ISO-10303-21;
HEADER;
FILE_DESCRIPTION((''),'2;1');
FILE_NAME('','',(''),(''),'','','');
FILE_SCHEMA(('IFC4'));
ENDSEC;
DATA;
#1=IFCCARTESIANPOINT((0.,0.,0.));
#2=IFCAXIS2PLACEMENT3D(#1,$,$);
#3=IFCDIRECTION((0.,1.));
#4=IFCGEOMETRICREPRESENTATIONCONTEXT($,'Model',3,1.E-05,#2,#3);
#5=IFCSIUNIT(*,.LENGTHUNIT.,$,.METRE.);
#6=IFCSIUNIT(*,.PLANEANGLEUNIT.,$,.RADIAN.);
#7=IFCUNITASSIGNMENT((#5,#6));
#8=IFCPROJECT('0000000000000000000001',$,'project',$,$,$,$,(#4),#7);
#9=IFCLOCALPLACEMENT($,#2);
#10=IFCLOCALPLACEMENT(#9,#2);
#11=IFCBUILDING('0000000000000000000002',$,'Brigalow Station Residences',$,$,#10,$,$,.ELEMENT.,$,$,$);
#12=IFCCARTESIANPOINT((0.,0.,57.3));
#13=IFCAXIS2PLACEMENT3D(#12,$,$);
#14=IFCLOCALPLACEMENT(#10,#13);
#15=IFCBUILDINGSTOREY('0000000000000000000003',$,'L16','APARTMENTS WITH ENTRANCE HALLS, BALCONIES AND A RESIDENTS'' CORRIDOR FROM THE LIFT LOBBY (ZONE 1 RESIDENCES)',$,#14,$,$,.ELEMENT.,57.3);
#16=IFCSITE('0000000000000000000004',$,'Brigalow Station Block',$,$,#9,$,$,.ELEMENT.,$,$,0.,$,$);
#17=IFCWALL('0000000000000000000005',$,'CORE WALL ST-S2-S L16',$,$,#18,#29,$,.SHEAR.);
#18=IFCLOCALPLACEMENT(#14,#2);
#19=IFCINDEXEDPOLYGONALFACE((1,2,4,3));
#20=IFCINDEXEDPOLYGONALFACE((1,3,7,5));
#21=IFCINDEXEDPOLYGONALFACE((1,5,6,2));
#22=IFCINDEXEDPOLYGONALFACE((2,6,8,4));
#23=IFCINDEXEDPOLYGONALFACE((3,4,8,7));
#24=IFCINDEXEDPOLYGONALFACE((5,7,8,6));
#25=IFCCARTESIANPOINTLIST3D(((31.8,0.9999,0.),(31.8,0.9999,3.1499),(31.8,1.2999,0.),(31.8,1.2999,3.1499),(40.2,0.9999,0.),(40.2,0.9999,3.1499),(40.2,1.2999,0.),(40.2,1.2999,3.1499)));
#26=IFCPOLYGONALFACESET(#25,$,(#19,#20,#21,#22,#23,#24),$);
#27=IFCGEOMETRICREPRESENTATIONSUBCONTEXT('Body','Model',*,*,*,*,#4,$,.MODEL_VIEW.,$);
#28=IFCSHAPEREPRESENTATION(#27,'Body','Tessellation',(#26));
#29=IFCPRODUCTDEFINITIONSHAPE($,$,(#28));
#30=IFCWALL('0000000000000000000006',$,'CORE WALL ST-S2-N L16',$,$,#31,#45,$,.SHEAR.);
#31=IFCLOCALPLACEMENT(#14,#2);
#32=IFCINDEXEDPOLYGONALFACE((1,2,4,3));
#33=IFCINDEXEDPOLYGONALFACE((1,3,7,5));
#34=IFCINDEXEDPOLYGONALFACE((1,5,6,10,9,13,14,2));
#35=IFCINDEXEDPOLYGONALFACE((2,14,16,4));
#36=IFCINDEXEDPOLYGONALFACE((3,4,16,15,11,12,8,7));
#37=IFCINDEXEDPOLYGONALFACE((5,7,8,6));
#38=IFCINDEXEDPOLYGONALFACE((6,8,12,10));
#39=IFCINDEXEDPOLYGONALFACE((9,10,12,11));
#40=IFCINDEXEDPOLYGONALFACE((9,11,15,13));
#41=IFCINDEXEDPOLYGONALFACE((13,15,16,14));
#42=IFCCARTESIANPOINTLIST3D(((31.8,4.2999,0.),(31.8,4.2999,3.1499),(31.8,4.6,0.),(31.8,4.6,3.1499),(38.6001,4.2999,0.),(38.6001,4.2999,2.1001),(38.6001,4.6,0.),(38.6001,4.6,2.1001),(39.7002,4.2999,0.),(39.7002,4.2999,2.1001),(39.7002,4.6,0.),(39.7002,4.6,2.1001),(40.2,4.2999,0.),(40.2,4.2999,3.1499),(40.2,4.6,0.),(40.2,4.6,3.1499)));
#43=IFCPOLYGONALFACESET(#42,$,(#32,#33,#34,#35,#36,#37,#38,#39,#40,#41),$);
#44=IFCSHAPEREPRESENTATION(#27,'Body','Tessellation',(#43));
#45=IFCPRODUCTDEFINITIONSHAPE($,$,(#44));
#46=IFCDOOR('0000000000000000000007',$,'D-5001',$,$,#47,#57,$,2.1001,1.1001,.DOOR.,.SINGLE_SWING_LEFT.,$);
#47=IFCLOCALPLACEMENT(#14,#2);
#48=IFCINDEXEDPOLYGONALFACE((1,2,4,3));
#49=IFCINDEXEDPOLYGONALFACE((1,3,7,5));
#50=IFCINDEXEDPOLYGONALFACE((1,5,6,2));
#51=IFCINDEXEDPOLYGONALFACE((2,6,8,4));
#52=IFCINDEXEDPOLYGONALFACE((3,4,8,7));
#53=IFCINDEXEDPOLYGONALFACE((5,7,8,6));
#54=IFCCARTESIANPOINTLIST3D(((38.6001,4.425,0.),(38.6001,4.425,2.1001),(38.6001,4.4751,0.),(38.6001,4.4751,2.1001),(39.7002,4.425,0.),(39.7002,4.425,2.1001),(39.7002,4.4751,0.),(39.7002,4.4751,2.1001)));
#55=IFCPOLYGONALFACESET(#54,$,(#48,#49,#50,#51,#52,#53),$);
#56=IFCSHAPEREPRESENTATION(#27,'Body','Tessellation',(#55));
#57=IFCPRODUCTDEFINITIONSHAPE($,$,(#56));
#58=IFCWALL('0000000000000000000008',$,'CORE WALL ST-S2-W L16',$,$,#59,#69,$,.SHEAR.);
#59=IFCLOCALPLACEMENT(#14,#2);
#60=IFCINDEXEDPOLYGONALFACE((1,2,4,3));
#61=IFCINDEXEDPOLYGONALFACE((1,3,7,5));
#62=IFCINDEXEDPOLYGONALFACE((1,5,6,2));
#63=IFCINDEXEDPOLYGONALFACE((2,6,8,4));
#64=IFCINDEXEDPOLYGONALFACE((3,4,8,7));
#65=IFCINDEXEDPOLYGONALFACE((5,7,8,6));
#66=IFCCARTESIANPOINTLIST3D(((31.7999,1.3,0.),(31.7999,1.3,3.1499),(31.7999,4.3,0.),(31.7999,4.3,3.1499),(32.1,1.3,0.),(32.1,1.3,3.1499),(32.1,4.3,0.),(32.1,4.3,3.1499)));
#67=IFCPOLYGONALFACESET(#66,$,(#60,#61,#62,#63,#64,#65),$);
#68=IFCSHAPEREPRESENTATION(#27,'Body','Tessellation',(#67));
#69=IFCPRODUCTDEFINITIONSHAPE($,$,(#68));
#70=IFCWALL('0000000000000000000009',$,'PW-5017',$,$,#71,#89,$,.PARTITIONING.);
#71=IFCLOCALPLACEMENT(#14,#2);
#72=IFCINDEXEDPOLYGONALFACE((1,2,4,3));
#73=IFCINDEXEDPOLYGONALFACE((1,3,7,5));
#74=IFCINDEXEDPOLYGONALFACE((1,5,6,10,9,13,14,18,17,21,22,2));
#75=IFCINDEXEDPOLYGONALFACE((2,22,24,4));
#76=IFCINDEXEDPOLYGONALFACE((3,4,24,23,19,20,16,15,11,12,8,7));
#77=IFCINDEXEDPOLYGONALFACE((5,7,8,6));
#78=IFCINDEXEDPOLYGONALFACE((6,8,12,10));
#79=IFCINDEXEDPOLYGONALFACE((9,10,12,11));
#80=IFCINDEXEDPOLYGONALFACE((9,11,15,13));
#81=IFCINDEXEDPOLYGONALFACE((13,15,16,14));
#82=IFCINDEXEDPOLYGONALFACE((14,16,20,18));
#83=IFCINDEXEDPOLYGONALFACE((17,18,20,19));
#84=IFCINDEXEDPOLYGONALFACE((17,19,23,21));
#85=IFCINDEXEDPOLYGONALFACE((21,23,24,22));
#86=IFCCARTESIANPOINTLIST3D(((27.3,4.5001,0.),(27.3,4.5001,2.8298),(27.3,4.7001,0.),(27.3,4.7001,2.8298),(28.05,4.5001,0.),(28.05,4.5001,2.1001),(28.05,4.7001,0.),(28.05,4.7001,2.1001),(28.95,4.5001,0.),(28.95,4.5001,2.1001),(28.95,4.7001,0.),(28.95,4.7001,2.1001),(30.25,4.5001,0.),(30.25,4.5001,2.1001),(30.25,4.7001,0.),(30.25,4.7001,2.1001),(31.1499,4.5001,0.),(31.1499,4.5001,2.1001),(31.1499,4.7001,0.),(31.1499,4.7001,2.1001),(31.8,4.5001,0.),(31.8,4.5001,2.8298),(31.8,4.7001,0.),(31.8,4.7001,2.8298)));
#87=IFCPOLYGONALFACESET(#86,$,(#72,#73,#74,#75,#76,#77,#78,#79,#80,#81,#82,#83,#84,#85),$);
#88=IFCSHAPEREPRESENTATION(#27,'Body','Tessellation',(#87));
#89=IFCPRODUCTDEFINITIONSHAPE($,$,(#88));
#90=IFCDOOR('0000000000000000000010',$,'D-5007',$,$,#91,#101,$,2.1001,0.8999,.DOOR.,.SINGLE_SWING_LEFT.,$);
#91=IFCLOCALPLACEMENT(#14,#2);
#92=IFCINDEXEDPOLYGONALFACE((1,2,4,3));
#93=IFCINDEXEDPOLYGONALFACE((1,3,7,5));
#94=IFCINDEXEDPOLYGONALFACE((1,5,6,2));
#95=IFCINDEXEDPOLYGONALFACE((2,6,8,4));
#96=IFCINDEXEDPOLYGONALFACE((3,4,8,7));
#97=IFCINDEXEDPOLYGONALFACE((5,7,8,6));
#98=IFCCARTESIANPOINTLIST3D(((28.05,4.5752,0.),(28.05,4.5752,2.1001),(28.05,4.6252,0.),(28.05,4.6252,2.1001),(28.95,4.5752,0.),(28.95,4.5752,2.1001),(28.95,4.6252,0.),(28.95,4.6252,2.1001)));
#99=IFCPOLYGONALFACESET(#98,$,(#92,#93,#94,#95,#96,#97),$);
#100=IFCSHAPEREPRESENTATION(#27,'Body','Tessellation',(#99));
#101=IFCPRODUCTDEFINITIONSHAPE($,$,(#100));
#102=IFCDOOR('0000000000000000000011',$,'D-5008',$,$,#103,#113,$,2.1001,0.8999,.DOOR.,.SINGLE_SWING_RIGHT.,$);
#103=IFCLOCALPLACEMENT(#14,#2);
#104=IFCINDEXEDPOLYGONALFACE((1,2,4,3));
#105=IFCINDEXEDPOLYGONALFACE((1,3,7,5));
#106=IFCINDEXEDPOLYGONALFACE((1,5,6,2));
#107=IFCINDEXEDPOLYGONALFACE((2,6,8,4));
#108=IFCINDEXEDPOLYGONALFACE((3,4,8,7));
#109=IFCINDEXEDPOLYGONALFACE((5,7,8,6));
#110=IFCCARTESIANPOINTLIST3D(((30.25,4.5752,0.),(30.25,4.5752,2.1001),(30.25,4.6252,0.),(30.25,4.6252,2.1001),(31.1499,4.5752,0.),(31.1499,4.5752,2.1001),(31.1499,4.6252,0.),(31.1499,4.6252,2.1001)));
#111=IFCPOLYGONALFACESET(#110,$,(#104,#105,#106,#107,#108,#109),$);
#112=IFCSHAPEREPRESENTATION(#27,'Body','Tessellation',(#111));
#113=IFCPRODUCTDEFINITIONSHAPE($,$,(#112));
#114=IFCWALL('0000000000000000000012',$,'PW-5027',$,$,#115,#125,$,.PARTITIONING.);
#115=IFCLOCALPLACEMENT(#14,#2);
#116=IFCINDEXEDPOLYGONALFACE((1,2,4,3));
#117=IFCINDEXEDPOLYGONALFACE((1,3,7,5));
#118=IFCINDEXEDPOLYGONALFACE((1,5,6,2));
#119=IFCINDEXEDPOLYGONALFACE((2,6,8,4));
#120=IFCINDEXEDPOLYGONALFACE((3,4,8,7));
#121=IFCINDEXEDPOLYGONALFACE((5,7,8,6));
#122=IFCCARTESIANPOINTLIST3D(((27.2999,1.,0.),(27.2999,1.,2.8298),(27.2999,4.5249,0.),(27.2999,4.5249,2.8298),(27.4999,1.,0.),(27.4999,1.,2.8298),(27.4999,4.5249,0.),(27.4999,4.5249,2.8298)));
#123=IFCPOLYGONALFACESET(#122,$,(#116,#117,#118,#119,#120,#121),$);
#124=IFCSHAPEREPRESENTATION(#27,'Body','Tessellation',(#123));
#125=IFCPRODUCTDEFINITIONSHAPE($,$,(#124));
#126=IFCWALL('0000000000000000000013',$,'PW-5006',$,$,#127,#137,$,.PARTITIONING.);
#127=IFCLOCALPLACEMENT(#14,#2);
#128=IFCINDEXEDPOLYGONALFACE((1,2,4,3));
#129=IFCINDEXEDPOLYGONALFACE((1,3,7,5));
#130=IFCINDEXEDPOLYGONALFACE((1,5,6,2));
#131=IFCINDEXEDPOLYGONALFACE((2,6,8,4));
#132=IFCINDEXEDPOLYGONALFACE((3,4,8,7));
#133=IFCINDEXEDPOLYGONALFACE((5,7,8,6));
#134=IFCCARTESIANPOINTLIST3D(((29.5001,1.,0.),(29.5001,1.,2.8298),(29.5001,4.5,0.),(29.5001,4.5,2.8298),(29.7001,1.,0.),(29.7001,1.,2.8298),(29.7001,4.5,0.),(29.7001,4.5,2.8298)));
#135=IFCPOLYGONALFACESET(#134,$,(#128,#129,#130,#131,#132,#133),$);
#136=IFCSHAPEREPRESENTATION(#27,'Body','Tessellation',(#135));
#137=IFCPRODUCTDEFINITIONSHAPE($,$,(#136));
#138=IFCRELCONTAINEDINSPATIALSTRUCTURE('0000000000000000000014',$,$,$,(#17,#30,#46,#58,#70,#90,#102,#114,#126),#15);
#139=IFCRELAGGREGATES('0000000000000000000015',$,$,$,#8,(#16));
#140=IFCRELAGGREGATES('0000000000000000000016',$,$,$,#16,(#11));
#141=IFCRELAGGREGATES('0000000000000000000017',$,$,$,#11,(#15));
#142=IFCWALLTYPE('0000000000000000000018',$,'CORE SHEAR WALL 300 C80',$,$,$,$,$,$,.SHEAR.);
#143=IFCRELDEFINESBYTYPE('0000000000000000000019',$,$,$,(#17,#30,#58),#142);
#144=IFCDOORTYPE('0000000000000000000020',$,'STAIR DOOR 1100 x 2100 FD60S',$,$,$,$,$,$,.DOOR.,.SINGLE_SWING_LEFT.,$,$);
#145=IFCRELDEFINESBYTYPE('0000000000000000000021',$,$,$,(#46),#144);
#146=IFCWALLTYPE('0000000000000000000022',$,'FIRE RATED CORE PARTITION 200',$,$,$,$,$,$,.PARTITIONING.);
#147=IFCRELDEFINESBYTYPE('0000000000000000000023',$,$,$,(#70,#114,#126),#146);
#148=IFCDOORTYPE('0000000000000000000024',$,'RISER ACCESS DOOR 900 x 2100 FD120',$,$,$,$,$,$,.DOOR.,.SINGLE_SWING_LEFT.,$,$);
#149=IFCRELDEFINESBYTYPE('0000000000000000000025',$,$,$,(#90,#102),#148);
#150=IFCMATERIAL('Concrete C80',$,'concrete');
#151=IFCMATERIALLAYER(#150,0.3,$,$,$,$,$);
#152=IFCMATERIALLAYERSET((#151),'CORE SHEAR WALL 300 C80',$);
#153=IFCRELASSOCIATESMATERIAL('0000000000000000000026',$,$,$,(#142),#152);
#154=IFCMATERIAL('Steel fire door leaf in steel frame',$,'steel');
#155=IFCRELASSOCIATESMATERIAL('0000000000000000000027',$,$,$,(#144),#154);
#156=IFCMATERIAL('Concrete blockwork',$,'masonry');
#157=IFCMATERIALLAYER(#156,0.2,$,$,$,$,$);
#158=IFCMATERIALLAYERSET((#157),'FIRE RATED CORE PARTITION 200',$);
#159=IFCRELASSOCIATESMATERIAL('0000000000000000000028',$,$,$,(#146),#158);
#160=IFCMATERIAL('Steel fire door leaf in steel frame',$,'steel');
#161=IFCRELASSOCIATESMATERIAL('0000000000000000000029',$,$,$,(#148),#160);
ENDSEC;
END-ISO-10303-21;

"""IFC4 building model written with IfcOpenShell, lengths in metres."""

from ifc_helpers import new_model, si_unit, direction, frame, frame_2d, origin, place, context, subcontext, project, spatial, rectangle, extrude, material, layer, layer_set, type_object, element, fill, save


model = new_model("IFC4")

# Units and contexts
model_context = context("Model", 3, precision=1e-05, world=origin(), true_north=direction((0.0, 1.0)))
body_context = subcontext(model_context, "Body", "Model", "MODEL_VIEW")
ifc_project = project(units=[si_unit("LENGTHUNIT", "METRE"), si_unit("PLANEANGLEUNIT", "RADIAN")], contexts=[model_context])

# Site, building, storey
site_placement = place(None, origin())
site = spatial("IfcSite", under=ifc_project, at=site_placement, Name="Brigalow Station Block", CompositionType="ELEMENT", RefElevation=0.0)
building_placement = place(site_placement, origin())
building = spatial("IfcBuilding", under=site, at=building_placement, Name="Brigalow Station Residences", CompositionType="ELEMENT")
storey_placement = place(building_placement, frame((0.0, 0.0, 57.3)))
storey = spatial("IfcBuildingStorey", under=building, at=storey_placement, Name="L16", Description="APARTMENTS WITH ENTRANCE HALLS, BALCONIES AND A RESIDENTS' CORRIDOR FROM THE LIFT LOBBY (ZONE 1 RESIDENCES)", CompositionType="ELEMENT", Elevation=57.3)

# Wall
ifc_material_1 = material(Name="Concrete C80", Category="concrete")
ifc_layer_1 = layer(ifc_material_1, 0.3)
ifc_layer_set_1 = layer_set([ifc_layer_1], Name="CORE SHEAR WALL 300 C80")
wall_type_1 = type_object("IfcWallType", Name="CORE SHEAR WALL 300 C80", PredefinedType="SHEAR", material=ifc_layer_set_1)
wall_1_placement = place(storey_placement, frame((31.8, 1.1499, 0.0), z_axis=(0.0, 0.0, 1.0), x_axis=(1.0, 0.0, 0.0)))
element("IfcWall", 1, at=wall_1_placement, inside=storey, type_object=wall_type_1, Name="CORE WALL ST-S2-S L16", PredefinedType="SHEAR", context=body_context, shape_type="SweptSolid", body=[
    extrude(rectangle(XDim=8.3999, YDim=0.3, at=frame_2d((4.2, 0.0))), origin(), (0.0, 0.0, 1.0), 3.1499),
])

# Wall, opening, door
wall_2_placement = place(storey_placement, frame((31.8, 4.45, 0.0), z_axis=(0.0, 0.0, 1.0), x_axis=(1.0, 0.0, 0.0)))
wall_2 = element("IfcWall", 2, at=wall_2_placement, inside=storey, type_object=wall_type_1, Name="CORE WALL ST-S2-N L16", PredefinedType="SHEAR", context=body_context, shape_type="SweptSolid", body=[
    extrude(rectangle(XDim=8.3999, YDim=0.3, at=frame_2d((4.2, 0.0))), origin(), (0.0, 0.0, 1.0), 3.1499),
])
opening_1_placement = place(wall_2_placement, frame((6.8, 0.0, 0.0)))
opening_1 = element("IfcOpeningElement", 3, at=opening_1_placement, cuts=wall_2, PredefinedType="OPENING", context=body_context, shape_type="SweptSolid", body=[
    extrude(rectangle(XDim=1.1001, YDim=2.1001, at=frame_2d((0.55, 1.05))), frame((0.0, 0.1602, 0.0), z_axis=(0.0, -1.0, 0.0), x_axis=(1.0, 0.0, 0.0)), (0.0, 0.0, 1.0), 0.3201),
])
ifc_material_2 = material(Name="Steel fire door leaf in steel frame", Category="steel")
door_type_1 = type_object("IfcDoorType", Name="STAIR DOOR 1100 x 2100 FD60S", OperationType="SINGLE_SWING_LEFT", PredefinedType="DOOR", material=ifc_material_2)
door_1_placement = place(opening_1_placement, frame((1.1001, 0.0, 0.0), z_axis=(0.0, 0.0, 1.0), x_axis=(-1.0, 0.0, 0.0)))
door_1 = element("IfcDoor", 4, at=door_1_placement, inside=storey, type_object=door_type_1, Name="D-5001", OperationType="SINGLE_SWING_LEFT", OverallHeight=2.1001, OverallWidth=1.1001, PredefinedType="DOOR", context=body_context, shape_type="SweptSolid", body=[
    extrude(rectangle(XDim=1.1001, YDim=2.1001, at=frame_2d((0.55, 1.05))), frame((0.0, 0.0249, 0.0), z_axis=(0.0, -1.0, 0.0), x_axis=(1.0, 0.0, 0.0)), (0.0, 0.0, 1.0), 0.05),
])
fill(opening_1, door_1)

# Wall
wall_3_placement = place(storey_placement, frame((31.95, 1.3, 0.0), z_axis=(0.0, 0.0, 1.0), x_axis=(0.0, 1.0, 0.0)))
element("IfcWall", 5, at=wall_3_placement, inside=storey, type_object=wall_type_1, Name="CORE WALL ST-S2-W L16", PredefinedType="SHEAR", context=body_context, shape_type="SweptSolid", body=[
    extrude(rectangle(XDim=3.0, YDim=0.3, at=frame_2d((1.5, 0.0))), origin(), (0.0, 0.0, 1.0), 3.1499),
])

# Wall, openings, doors
ifc_material_3 = material(Name="Concrete blockwork", Category="masonry")
ifc_layer_2 = layer(ifc_material_3, 0.2)
ifc_layer_set_2 = layer_set([ifc_layer_2], Name="FIRE RATED CORE PARTITION 200")
wall_type_2 = type_object("IfcWallType", Name="FIRE RATED CORE PARTITION 200", PredefinedType="PARTITIONING", material=ifc_layer_set_2)
wall_4_placement = place(storey_placement, frame((27.3, 4.6001, 0.0), z_axis=(0.0, 0.0, 1.0), x_axis=(1.0, 0.0, 0.0)))
wall_4 = element("IfcWall", 6, at=wall_4_placement, inside=storey, type_object=wall_type_2, Name="PW-5017", PredefinedType="PARTITIONING", context=body_context, shape_type="SweptSolid", body=[
    extrude(rectangle(XDim=4.5, YDim=0.2, at=frame_2d((2.25, 0.0))), origin(), (0.0, 0.0, 1.0), 2.8298),
])
opening_2_placement = place(wall_4_placement, frame((0.75, 0.0, 0.0)))
opening_2 = element("IfcOpeningElement", 7, at=opening_2_placement, cuts=wall_4, PredefinedType="OPENING", context=body_context, shape_type="SweptSolid", body=[
    extrude(rectangle(XDim=0.8999, YDim=2.1001, at=frame_2d((0.45, 1.05))), frame((0.0, 0.1099, 0.0), z_axis=(0.0, -1.0, 0.0), x_axis=(1.0, 0.0, 0.0)), (0.0, 0.0, 1.0), 0.22),
])
opening_3_placement = place(wall_4_placement, frame((2.95, 0.0, 0.0)))
opening_3 = element("IfcOpeningElement", 8, at=opening_3_placement, cuts=wall_4, PredefinedType="OPENING", context=body_context, shape_type="SweptSolid", body=[
    extrude(rectangle(XDim=0.8999, YDim=2.1001, at=frame_2d((0.45, 1.05))), frame((0.0, 0.1099, 0.0), z_axis=(0.0, -1.0, 0.0), x_axis=(1.0, 0.0, 0.0)), (0.0, 0.0, 1.0), 0.22),
])
ifc_material_4 = material(Name="Steel fire door leaf in steel frame", Category="steel")
door_type_2 = type_object("IfcDoorType", Name="RISER ACCESS DOOR 900 x 2100 FD120", OperationType="SINGLE_SWING_LEFT", PredefinedType="DOOR", material=ifc_material_4)
door_2_placement = place(opening_2_placement, frame((0.8999, 0.0, 0.0), z_axis=(0.0, 0.0, 1.0), x_axis=(-1.0, 0.0, 0.0)))
door_2 = element("IfcDoor", 9, at=door_2_placement, inside=storey, type_object=door_type_2, Name="D-5007", OperationType="SINGLE_SWING_LEFT", OverallHeight=2.1001, OverallWidth=0.8999, PredefinedType="DOOR", context=body_context, shape_type="SweptSolid", body=[
    extrude(rectangle(XDim=0.8999, YDim=2.1001, at=frame_2d((0.45, 1.05))), frame((0.0, 0.0249, 0.0), z_axis=(0.0, -1.0, 0.0), x_axis=(1.0, 0.0, 0.0)), (0.0, 0.0, 1.0), 0.05),
])
fill(opening_2, door_2)
door_3_placement = place(opening_3_placement, frame((0.8999, 0.0, 0.0), z_axis=(0.0, 0.0, 1.0), x_axis=(-1.0, 0.0, 0.0)))
door_3 = element("IfcDoor", 10, at=door_3_placement, inside=storey, type_object=door_type_2, Name="D-5008", OperationType="SINGLE_SWING_RIGHT", OverallHeight=2.1001, OverallWidth=0.8999, PredefinedType="DOOR", context=body_context, shape_type="SweptSolid", body=[
    extrude(rectangle(XDim=0.8999, YDim=2.1001, at=frame_2d((0.45, 1.05))), frame((0.0, 0.0249, 0.0), z_axis=(0.0, -1.0, 0.0), x_axis=(1.0, 0.0, 0.0)), (0.0, 0.0, 1.0), 0.05),
])
fill(opening_3, door_3)

# Walls
wall_5_placement = place(storey_placement, frame((27.3999, 1.0, 0.0), z_axis=(0.0, 0.0, 1.0), x_axis=(0.0, 1.0, 0.0)))
element("IfcWall", 11, at=wall_5_placement, inside=storey, type_object=wall_type_2, Name="PW-5027", PredefinedType="PARTITIONING", context=body_context, shape_type="SweptSolid", body=[
    extrude(rectangle(XDim=3.5249, YDim=0.2, at=frame_2d((1.7625, 0.0))), origin(), (0.0, 0.0, 1.0), 2.8298),
])
wall_6_placement = place(storey_placement, frame((29.6001, 1.0, 0.0), z_axis=(0.0, 0.0, 1.0), x_axis=(0.0, 1.0, 0.0)))
element("IfcWall", 12, at=wall_6_placement, inside=storey, type_object=wall_type_2, Name="PW-5006", PredefinedType="PARTITIONING", context=body_context, shape_type="SweptSolid", body=[
    extrude(rectangle(XDim=3.5, YDim=0.2, at=frame_2d((1.75, 0.0))), origin(), (0.0, 0.0, 1.0), 2.8298),
])

save(model, "model.ifc")
